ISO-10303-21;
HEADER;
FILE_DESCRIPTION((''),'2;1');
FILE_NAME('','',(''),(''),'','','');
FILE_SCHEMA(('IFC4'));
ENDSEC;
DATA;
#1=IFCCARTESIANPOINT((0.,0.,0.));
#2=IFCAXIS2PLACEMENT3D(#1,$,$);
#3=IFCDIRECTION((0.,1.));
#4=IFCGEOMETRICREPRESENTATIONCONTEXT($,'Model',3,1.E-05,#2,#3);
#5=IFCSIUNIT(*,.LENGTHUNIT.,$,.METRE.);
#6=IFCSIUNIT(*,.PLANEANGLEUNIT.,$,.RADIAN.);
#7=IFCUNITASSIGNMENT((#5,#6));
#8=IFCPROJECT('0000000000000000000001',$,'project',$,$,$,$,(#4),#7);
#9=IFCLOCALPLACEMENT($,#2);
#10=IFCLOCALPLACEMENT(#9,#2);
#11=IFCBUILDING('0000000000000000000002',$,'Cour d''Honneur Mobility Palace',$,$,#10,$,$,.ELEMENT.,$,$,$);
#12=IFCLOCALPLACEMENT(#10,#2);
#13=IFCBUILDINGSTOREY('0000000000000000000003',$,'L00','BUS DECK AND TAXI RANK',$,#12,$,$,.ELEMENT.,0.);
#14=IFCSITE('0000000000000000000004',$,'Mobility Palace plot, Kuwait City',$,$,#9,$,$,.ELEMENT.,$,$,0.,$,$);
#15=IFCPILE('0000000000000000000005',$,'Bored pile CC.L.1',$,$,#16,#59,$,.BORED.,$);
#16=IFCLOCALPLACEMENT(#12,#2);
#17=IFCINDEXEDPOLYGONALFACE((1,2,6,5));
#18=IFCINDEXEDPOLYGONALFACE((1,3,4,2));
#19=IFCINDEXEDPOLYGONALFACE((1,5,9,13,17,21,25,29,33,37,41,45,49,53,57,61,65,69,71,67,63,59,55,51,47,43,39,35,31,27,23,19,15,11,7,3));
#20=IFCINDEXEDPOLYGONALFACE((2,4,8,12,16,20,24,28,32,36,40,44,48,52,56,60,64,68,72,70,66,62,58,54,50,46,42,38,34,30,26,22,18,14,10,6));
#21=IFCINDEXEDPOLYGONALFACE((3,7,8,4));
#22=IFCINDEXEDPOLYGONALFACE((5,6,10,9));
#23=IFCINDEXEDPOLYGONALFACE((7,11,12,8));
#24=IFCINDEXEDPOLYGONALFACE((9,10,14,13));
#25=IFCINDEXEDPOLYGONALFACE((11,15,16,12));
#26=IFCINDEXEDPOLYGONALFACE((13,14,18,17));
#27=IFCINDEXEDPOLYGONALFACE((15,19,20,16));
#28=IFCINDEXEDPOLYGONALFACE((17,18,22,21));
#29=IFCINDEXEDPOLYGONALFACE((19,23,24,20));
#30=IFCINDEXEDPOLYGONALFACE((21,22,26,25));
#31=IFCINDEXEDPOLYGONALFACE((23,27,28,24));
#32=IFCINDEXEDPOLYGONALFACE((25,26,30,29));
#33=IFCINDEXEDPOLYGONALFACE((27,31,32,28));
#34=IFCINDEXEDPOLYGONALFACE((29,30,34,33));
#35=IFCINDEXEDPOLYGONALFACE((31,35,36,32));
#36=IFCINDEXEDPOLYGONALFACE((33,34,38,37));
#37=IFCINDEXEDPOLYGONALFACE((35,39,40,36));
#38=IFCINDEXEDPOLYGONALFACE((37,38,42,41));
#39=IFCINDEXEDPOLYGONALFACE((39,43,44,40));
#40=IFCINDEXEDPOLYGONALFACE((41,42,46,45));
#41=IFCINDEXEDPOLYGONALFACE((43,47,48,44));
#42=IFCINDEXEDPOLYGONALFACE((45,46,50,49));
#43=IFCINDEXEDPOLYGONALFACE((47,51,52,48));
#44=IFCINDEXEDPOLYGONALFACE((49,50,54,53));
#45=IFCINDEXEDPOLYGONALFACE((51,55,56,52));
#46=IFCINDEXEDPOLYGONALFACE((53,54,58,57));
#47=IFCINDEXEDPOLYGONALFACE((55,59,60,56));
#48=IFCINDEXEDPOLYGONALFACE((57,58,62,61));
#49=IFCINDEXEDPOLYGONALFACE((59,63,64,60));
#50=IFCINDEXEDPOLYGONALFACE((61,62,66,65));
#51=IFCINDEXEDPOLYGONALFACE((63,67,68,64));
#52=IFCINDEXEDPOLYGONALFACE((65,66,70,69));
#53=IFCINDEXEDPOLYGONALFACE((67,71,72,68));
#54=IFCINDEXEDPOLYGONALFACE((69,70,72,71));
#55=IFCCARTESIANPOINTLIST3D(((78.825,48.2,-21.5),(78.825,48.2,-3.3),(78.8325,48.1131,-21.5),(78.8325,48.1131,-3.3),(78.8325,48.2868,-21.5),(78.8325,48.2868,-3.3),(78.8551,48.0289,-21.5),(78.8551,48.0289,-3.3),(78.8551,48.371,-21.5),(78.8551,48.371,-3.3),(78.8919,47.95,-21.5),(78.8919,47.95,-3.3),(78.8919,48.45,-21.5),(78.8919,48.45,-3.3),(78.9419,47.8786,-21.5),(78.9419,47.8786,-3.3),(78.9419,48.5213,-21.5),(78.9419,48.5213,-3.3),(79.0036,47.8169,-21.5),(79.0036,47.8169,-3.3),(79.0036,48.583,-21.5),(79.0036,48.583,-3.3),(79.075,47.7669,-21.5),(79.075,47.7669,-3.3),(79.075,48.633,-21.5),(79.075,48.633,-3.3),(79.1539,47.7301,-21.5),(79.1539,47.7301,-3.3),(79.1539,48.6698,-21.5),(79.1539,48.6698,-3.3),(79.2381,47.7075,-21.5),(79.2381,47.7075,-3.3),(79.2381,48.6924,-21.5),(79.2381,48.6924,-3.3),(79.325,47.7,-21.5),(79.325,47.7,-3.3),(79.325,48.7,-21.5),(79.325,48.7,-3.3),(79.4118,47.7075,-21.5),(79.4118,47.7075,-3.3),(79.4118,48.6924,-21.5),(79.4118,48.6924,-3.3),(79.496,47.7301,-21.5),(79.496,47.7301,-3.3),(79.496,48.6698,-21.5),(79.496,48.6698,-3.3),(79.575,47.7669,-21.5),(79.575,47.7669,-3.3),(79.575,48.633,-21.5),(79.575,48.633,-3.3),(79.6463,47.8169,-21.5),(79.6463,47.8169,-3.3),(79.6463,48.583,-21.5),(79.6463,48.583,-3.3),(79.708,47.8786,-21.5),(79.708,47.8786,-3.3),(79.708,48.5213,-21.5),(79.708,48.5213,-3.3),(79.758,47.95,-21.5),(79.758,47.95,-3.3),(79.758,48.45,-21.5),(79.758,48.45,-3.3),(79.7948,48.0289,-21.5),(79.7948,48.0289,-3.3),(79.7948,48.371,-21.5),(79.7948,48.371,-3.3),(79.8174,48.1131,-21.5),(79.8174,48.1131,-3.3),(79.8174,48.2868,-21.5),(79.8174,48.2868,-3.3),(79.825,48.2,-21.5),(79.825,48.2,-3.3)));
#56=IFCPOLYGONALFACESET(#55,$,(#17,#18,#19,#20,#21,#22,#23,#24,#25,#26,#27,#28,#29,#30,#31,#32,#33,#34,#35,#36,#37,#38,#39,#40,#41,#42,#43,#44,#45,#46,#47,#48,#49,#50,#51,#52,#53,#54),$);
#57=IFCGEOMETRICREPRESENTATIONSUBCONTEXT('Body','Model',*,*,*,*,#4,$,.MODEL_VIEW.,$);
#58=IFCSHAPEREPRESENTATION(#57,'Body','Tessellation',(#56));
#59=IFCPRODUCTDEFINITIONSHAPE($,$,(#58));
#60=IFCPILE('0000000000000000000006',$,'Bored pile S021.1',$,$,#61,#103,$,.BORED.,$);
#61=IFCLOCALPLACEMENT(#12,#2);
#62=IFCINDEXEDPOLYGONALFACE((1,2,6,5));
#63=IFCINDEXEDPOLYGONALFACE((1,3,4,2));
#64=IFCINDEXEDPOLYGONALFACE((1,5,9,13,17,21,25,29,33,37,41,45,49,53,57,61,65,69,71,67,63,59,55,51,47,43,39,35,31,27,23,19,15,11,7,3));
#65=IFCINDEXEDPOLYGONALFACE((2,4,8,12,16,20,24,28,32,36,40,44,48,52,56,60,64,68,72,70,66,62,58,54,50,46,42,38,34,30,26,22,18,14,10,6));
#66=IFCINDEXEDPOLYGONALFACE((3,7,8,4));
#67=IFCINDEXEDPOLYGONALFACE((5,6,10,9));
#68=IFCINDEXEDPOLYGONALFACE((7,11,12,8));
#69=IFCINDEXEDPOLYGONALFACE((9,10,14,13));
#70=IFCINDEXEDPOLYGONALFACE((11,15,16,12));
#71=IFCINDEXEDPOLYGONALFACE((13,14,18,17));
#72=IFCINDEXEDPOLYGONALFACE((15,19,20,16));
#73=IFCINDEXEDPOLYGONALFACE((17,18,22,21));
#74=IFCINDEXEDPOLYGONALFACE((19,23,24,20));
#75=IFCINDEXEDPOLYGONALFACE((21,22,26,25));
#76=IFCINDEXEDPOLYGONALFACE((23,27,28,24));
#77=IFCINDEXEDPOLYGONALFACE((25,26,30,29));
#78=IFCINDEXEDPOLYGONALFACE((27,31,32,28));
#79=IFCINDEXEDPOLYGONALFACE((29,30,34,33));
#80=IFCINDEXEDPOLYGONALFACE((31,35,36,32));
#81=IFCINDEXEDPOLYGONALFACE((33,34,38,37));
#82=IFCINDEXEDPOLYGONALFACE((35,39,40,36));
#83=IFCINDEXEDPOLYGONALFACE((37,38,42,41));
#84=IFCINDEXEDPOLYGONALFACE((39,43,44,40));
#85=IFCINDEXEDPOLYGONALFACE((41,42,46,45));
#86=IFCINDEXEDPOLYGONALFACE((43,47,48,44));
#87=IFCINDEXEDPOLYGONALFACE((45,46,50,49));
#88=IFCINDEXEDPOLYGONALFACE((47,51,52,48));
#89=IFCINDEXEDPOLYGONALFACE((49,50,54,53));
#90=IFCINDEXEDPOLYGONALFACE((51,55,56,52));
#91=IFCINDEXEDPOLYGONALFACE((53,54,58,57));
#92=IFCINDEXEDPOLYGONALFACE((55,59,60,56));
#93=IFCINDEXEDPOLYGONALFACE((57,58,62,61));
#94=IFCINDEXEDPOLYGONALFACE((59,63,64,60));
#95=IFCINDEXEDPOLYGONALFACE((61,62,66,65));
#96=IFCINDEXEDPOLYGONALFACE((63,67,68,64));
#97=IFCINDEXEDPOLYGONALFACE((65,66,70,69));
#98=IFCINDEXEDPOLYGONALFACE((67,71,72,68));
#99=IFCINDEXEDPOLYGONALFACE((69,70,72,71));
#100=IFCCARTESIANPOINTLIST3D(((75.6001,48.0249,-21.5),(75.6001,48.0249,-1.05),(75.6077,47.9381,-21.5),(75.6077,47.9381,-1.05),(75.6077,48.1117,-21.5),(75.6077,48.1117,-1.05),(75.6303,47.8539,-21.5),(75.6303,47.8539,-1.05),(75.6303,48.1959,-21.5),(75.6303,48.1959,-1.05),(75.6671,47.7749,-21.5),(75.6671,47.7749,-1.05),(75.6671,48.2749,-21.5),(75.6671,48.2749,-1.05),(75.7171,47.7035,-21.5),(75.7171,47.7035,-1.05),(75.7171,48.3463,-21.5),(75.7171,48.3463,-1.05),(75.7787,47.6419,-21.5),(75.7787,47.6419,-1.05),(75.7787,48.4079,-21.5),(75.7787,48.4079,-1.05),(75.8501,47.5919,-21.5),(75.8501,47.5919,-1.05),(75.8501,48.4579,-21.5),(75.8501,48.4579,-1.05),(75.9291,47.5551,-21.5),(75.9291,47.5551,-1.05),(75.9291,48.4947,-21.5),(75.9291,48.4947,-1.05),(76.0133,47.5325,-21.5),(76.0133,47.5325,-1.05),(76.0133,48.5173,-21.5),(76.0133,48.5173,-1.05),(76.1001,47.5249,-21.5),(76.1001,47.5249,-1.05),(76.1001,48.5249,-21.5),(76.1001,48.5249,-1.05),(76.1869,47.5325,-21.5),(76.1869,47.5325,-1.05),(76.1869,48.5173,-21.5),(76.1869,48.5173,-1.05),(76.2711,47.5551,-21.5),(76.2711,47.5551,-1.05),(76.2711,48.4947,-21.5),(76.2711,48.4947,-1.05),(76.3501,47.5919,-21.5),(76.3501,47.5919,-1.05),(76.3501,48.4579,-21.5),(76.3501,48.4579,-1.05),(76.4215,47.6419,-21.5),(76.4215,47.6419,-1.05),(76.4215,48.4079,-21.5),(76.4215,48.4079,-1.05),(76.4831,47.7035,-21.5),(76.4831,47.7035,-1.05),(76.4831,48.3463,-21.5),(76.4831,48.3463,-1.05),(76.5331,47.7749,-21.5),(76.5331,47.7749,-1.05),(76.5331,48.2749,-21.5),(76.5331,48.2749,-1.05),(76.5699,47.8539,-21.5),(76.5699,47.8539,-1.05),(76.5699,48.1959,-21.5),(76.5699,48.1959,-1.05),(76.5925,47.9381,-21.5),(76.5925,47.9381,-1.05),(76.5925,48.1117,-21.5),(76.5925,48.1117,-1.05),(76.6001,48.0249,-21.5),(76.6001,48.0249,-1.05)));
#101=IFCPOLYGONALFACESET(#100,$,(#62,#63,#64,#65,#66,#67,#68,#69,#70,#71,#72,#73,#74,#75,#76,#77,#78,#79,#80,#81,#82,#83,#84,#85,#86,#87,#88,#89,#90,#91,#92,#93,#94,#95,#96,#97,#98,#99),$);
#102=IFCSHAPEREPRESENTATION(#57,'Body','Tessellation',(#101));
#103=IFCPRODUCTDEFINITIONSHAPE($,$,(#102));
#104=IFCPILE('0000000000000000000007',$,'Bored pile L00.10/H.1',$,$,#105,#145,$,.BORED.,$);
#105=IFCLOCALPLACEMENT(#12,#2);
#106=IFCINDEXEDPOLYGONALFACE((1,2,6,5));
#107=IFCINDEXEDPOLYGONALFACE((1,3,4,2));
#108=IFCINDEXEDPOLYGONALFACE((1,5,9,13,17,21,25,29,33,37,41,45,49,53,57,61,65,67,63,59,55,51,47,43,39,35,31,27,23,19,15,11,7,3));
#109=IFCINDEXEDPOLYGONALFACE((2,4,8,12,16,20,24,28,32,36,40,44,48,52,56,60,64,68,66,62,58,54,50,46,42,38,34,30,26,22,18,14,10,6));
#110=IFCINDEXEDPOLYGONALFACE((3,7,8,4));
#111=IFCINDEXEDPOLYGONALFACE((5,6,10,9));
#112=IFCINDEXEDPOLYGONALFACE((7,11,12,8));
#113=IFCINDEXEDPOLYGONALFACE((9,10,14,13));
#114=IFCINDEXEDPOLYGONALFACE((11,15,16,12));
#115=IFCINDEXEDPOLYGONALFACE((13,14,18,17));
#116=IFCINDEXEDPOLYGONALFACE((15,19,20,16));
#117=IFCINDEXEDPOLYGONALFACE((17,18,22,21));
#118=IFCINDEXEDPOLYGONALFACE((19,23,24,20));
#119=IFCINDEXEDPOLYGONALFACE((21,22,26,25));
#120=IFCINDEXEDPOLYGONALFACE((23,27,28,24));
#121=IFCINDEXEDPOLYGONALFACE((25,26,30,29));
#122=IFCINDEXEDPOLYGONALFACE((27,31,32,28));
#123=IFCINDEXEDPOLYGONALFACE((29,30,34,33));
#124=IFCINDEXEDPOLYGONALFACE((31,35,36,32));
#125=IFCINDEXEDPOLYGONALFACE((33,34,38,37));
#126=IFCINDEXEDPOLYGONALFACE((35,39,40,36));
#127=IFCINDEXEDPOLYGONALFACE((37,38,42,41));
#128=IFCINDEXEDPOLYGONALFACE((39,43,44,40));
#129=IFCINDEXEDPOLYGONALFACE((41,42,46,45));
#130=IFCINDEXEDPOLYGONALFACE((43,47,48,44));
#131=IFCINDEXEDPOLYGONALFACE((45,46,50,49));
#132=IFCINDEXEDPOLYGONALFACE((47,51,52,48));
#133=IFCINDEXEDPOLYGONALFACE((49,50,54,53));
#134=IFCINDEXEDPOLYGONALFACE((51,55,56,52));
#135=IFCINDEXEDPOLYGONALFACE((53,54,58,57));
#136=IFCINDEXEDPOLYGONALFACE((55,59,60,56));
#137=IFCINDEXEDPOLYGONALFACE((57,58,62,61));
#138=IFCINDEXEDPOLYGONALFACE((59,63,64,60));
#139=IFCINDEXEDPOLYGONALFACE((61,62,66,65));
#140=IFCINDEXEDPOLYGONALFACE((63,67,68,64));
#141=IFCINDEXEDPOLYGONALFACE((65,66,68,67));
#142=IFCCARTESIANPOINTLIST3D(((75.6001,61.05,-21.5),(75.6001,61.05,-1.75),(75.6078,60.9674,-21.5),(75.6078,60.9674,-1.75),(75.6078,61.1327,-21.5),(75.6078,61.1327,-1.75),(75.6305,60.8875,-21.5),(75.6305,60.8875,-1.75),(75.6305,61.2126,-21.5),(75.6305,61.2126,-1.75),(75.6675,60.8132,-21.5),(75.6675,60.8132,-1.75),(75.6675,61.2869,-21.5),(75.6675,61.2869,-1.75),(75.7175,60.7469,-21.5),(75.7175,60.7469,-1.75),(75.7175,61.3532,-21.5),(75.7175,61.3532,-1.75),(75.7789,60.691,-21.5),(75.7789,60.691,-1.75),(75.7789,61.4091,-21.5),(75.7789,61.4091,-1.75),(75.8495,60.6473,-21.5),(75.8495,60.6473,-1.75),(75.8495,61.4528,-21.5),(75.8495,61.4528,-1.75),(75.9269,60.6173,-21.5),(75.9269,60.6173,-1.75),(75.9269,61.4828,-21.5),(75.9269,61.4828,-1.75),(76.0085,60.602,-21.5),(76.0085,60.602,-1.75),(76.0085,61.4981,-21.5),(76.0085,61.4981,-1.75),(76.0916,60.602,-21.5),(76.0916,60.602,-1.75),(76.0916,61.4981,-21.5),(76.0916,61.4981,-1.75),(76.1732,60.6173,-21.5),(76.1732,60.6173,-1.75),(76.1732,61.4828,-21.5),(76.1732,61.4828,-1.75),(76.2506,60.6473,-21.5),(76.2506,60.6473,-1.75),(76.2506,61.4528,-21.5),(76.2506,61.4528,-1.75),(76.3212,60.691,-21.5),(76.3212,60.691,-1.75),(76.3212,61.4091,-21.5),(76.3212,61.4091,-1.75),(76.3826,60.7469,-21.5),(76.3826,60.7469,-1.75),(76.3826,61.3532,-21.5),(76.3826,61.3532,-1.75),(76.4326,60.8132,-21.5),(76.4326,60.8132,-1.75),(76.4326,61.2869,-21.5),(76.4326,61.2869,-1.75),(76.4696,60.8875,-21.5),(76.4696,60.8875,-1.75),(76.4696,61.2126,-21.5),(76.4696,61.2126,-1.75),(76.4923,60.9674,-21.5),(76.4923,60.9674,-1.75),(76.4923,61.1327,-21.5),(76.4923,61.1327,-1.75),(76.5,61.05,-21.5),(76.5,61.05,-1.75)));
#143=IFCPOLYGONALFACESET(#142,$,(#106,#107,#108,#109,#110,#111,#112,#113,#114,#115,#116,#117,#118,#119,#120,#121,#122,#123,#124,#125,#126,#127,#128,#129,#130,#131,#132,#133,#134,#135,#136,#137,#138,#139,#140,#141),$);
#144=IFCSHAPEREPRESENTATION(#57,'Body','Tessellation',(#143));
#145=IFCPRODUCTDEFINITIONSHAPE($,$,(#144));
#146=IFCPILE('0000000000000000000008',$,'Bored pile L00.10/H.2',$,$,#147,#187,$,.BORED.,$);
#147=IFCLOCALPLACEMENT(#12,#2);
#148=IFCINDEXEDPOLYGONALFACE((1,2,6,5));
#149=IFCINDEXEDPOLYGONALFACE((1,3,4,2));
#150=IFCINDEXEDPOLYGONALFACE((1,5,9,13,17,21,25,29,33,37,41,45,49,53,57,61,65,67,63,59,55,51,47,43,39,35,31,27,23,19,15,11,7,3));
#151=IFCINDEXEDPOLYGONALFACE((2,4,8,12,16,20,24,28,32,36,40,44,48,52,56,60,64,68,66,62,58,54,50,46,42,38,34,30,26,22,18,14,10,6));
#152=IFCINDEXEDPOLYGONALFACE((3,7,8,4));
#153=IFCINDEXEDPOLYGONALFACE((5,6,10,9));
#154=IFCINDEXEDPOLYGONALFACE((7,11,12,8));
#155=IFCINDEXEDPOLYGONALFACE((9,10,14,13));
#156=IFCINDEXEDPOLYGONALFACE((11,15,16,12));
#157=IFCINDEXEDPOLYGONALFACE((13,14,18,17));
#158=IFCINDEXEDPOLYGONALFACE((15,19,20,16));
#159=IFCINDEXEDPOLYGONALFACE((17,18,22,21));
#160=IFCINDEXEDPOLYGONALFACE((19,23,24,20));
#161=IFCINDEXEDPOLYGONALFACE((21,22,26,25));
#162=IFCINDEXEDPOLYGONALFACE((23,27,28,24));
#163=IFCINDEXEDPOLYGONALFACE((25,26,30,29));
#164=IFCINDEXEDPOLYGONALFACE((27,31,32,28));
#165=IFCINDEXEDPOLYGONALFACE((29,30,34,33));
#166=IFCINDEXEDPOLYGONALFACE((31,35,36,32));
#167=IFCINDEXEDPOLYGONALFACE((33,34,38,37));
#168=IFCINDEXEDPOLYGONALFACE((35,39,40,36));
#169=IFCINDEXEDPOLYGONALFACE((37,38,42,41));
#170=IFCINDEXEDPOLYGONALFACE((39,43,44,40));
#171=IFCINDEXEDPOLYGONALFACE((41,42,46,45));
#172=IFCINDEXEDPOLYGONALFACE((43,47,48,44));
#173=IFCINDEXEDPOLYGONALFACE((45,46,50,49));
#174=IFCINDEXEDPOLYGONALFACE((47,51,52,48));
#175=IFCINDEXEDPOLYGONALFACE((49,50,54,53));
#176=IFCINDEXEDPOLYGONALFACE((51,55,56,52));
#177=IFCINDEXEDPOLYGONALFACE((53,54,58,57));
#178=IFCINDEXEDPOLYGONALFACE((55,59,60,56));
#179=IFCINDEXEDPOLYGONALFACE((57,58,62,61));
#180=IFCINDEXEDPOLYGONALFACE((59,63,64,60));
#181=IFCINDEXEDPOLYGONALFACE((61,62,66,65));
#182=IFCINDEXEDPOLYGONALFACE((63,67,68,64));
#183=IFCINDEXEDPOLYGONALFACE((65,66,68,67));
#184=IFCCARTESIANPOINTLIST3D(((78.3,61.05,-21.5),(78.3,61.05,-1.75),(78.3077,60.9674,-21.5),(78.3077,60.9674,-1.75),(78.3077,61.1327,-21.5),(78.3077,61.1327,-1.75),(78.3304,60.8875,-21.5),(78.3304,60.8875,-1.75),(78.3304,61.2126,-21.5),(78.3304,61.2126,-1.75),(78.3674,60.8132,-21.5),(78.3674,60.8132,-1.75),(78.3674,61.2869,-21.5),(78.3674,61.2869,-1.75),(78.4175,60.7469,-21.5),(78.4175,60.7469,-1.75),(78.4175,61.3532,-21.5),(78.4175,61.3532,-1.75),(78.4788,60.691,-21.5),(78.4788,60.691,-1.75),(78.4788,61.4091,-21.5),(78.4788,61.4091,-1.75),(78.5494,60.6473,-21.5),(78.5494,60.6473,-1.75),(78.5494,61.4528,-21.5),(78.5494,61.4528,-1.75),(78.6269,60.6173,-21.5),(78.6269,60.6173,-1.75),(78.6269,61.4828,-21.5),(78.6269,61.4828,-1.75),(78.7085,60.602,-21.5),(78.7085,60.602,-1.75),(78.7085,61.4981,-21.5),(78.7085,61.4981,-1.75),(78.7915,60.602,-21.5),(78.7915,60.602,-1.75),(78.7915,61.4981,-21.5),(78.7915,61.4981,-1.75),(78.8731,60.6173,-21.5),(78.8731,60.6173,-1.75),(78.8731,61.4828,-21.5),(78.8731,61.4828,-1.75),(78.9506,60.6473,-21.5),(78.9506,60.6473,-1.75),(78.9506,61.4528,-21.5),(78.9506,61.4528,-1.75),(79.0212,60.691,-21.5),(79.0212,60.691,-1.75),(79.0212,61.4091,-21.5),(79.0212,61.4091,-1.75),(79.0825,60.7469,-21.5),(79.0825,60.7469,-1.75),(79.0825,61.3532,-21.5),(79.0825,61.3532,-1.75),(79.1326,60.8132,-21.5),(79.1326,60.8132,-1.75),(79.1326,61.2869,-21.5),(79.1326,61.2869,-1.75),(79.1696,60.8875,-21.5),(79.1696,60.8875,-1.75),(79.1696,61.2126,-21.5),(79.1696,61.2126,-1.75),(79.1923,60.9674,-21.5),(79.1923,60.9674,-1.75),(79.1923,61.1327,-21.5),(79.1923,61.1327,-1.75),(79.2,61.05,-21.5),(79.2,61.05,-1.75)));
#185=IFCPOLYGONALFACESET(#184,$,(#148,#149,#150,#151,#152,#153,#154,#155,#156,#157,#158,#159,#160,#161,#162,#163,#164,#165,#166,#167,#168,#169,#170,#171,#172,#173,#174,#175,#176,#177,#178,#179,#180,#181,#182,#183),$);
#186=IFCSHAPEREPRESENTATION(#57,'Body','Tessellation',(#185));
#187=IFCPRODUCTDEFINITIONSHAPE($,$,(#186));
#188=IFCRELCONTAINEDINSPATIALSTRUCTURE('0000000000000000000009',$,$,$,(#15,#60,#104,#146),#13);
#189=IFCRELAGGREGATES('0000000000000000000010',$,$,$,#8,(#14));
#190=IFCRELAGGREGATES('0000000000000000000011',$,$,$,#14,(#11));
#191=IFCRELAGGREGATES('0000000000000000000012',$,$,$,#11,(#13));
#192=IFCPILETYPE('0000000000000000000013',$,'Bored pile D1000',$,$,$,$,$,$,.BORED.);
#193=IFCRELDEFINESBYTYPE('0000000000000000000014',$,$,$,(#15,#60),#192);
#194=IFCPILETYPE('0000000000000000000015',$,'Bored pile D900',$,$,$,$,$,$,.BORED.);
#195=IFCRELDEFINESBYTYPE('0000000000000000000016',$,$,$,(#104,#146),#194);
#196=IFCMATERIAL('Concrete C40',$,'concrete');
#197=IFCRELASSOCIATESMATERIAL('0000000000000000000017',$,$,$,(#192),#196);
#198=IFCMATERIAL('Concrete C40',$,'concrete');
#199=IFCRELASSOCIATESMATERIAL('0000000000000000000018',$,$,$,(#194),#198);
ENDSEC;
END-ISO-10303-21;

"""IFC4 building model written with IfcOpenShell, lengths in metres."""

from ifc_helpers import new_model, si_unit, direction, frame, origin, origin_2d, place, context, subcontext, project, spatial, circle, extrude, material, material_profile, profile_set, type_object, element, save


model = new_model("IFC4")

# Units and contexts
model_context = context("Model", 3, precision=1e-05, world=origin(), true_north=direction((0.0, 1.0)))
body_context = subcontext(model_context, "Body", "Model", "MODEL_VIEW")
ifc_project = project(units=[si_unit("LENGTHUNIT", "METRE"), si_unit("PLANEANGLEUNIT", "RADIAN")], contexts=[model_context])

# Site, building, storey
site_placement = place(None, origin())
site = spatial("IfcSite", under=ifc_project, at=site_placement, Name="Mobility Palace plot, Kuwait City", CompositionType="ELEMENT", RefElevation=0.0)
building_placement = place(site_placement, origin())
building = spatial("IfcBuilding", under=site, at=building_placement, Name="Cour d'Honneur Mobility Palace", CompositionType="ELEMENT")
storey_placement = place(building_placement, origin())
storey = spatial("IfcBuildingStorey", under=building, at=storey_placement, Name="L00", Description="BUS DECK AND TAXI RANK", CompositionType="ELEMENT", Elevation=0.0)

# Piles
ifc_material_1 = material(Name="Concrete C40", Category="concrete")
ifc_material_profile_1 = material_profile(ifc_material_1, circle(Radius=0.5, at=origin_2d()), Name="Bored pile D1000")
ifc_profile_set_1 = profile_set([ifc_material_profile_1], Name="Concrete C40")
pile_type_1 = type_object("IfcPileType", Name="Bored pile D1000", PredefinedType="BORED", material=ifc_profile_set_1)
pile_1_placement = place(storey_placement, frame((79.325, 48.2, -3.3), z_axis=(0.0, 0.0, -1.0), x_axis=(1.0, 0.0, 0.0)))
element("IfcPile", 1, at=pile_1_placement, inside=storey, type_object=pile_type_1, Name="Bored pile CC.L.1", PredefinedType="BORED", context=body_context, shape_type="SweptSolid", body=[
    extrude(circle(Radius=0.5, at=origin_2d()), origin(), (0.0, 0.0, 1.0), 18.2),
])
pile_2_placement = place(storey_placement, frame((76.1001, 48.0249, -1.05), z_axis=(0.0, 0.0, -1.0), x_axis=(1.0, 0.0, 0.0)))
element("IfcPile", 2, at=pile_2_placement, inside=storey, type_object=pile_type_1, Name="Bored pile S021.1", PredefinedType="BORED", context=body_context, shape_type="SweptSolid", body=[
    extrude(circle(Radius=0.5, at=origin_2d()), origin(), (0.0, 0.0, 1.0), 20.45),
])
ifc_material_2 = material(Name="Concrete C40", Category="concrete")
ifc_material_profile_2 = material_profile(ifc_material_2, circle(Radius=0.45, at=origin_2d()), Name="Bored pile D900")
ifc_profile_set_2 = profile_set([ifc_material_profile_2], Name="Concrete C40")
pile_type_2 = type_object("IfcPileType", Name="Bored pile D900", PredefinedType="BORED", material=ifc_profile_set_2)
for number, where, z_axis, x_axis, name in (
    (3, (76.05, 61.05, -1.75), (0.0, 0.0, -1.0), (1.0, 0.0, 0.0), "Bored pile L00.10/H.1"),
    (4, (78.75, 61.05, -1.75), (0.0, 0.0, -1.0), (1.0, 0.0, 0.0), "Bored pile L00.10/H.2"),
):
    element("IfcPile", number, at=place(storey_placement, frame(where, z_axis=z_axis, x_axis=x_axis)), inside=storey, type_object=pile_type_2, Name=name, PredefinedType="BORED", context=body_context, shape_type="SweptSolid", body=[
        extrude(circle(Radius=0.45, at=origin_2d()), origin(), (0.0, 0.0, 1.0), 19.75),
    ])

save(model, "model.ifc")
